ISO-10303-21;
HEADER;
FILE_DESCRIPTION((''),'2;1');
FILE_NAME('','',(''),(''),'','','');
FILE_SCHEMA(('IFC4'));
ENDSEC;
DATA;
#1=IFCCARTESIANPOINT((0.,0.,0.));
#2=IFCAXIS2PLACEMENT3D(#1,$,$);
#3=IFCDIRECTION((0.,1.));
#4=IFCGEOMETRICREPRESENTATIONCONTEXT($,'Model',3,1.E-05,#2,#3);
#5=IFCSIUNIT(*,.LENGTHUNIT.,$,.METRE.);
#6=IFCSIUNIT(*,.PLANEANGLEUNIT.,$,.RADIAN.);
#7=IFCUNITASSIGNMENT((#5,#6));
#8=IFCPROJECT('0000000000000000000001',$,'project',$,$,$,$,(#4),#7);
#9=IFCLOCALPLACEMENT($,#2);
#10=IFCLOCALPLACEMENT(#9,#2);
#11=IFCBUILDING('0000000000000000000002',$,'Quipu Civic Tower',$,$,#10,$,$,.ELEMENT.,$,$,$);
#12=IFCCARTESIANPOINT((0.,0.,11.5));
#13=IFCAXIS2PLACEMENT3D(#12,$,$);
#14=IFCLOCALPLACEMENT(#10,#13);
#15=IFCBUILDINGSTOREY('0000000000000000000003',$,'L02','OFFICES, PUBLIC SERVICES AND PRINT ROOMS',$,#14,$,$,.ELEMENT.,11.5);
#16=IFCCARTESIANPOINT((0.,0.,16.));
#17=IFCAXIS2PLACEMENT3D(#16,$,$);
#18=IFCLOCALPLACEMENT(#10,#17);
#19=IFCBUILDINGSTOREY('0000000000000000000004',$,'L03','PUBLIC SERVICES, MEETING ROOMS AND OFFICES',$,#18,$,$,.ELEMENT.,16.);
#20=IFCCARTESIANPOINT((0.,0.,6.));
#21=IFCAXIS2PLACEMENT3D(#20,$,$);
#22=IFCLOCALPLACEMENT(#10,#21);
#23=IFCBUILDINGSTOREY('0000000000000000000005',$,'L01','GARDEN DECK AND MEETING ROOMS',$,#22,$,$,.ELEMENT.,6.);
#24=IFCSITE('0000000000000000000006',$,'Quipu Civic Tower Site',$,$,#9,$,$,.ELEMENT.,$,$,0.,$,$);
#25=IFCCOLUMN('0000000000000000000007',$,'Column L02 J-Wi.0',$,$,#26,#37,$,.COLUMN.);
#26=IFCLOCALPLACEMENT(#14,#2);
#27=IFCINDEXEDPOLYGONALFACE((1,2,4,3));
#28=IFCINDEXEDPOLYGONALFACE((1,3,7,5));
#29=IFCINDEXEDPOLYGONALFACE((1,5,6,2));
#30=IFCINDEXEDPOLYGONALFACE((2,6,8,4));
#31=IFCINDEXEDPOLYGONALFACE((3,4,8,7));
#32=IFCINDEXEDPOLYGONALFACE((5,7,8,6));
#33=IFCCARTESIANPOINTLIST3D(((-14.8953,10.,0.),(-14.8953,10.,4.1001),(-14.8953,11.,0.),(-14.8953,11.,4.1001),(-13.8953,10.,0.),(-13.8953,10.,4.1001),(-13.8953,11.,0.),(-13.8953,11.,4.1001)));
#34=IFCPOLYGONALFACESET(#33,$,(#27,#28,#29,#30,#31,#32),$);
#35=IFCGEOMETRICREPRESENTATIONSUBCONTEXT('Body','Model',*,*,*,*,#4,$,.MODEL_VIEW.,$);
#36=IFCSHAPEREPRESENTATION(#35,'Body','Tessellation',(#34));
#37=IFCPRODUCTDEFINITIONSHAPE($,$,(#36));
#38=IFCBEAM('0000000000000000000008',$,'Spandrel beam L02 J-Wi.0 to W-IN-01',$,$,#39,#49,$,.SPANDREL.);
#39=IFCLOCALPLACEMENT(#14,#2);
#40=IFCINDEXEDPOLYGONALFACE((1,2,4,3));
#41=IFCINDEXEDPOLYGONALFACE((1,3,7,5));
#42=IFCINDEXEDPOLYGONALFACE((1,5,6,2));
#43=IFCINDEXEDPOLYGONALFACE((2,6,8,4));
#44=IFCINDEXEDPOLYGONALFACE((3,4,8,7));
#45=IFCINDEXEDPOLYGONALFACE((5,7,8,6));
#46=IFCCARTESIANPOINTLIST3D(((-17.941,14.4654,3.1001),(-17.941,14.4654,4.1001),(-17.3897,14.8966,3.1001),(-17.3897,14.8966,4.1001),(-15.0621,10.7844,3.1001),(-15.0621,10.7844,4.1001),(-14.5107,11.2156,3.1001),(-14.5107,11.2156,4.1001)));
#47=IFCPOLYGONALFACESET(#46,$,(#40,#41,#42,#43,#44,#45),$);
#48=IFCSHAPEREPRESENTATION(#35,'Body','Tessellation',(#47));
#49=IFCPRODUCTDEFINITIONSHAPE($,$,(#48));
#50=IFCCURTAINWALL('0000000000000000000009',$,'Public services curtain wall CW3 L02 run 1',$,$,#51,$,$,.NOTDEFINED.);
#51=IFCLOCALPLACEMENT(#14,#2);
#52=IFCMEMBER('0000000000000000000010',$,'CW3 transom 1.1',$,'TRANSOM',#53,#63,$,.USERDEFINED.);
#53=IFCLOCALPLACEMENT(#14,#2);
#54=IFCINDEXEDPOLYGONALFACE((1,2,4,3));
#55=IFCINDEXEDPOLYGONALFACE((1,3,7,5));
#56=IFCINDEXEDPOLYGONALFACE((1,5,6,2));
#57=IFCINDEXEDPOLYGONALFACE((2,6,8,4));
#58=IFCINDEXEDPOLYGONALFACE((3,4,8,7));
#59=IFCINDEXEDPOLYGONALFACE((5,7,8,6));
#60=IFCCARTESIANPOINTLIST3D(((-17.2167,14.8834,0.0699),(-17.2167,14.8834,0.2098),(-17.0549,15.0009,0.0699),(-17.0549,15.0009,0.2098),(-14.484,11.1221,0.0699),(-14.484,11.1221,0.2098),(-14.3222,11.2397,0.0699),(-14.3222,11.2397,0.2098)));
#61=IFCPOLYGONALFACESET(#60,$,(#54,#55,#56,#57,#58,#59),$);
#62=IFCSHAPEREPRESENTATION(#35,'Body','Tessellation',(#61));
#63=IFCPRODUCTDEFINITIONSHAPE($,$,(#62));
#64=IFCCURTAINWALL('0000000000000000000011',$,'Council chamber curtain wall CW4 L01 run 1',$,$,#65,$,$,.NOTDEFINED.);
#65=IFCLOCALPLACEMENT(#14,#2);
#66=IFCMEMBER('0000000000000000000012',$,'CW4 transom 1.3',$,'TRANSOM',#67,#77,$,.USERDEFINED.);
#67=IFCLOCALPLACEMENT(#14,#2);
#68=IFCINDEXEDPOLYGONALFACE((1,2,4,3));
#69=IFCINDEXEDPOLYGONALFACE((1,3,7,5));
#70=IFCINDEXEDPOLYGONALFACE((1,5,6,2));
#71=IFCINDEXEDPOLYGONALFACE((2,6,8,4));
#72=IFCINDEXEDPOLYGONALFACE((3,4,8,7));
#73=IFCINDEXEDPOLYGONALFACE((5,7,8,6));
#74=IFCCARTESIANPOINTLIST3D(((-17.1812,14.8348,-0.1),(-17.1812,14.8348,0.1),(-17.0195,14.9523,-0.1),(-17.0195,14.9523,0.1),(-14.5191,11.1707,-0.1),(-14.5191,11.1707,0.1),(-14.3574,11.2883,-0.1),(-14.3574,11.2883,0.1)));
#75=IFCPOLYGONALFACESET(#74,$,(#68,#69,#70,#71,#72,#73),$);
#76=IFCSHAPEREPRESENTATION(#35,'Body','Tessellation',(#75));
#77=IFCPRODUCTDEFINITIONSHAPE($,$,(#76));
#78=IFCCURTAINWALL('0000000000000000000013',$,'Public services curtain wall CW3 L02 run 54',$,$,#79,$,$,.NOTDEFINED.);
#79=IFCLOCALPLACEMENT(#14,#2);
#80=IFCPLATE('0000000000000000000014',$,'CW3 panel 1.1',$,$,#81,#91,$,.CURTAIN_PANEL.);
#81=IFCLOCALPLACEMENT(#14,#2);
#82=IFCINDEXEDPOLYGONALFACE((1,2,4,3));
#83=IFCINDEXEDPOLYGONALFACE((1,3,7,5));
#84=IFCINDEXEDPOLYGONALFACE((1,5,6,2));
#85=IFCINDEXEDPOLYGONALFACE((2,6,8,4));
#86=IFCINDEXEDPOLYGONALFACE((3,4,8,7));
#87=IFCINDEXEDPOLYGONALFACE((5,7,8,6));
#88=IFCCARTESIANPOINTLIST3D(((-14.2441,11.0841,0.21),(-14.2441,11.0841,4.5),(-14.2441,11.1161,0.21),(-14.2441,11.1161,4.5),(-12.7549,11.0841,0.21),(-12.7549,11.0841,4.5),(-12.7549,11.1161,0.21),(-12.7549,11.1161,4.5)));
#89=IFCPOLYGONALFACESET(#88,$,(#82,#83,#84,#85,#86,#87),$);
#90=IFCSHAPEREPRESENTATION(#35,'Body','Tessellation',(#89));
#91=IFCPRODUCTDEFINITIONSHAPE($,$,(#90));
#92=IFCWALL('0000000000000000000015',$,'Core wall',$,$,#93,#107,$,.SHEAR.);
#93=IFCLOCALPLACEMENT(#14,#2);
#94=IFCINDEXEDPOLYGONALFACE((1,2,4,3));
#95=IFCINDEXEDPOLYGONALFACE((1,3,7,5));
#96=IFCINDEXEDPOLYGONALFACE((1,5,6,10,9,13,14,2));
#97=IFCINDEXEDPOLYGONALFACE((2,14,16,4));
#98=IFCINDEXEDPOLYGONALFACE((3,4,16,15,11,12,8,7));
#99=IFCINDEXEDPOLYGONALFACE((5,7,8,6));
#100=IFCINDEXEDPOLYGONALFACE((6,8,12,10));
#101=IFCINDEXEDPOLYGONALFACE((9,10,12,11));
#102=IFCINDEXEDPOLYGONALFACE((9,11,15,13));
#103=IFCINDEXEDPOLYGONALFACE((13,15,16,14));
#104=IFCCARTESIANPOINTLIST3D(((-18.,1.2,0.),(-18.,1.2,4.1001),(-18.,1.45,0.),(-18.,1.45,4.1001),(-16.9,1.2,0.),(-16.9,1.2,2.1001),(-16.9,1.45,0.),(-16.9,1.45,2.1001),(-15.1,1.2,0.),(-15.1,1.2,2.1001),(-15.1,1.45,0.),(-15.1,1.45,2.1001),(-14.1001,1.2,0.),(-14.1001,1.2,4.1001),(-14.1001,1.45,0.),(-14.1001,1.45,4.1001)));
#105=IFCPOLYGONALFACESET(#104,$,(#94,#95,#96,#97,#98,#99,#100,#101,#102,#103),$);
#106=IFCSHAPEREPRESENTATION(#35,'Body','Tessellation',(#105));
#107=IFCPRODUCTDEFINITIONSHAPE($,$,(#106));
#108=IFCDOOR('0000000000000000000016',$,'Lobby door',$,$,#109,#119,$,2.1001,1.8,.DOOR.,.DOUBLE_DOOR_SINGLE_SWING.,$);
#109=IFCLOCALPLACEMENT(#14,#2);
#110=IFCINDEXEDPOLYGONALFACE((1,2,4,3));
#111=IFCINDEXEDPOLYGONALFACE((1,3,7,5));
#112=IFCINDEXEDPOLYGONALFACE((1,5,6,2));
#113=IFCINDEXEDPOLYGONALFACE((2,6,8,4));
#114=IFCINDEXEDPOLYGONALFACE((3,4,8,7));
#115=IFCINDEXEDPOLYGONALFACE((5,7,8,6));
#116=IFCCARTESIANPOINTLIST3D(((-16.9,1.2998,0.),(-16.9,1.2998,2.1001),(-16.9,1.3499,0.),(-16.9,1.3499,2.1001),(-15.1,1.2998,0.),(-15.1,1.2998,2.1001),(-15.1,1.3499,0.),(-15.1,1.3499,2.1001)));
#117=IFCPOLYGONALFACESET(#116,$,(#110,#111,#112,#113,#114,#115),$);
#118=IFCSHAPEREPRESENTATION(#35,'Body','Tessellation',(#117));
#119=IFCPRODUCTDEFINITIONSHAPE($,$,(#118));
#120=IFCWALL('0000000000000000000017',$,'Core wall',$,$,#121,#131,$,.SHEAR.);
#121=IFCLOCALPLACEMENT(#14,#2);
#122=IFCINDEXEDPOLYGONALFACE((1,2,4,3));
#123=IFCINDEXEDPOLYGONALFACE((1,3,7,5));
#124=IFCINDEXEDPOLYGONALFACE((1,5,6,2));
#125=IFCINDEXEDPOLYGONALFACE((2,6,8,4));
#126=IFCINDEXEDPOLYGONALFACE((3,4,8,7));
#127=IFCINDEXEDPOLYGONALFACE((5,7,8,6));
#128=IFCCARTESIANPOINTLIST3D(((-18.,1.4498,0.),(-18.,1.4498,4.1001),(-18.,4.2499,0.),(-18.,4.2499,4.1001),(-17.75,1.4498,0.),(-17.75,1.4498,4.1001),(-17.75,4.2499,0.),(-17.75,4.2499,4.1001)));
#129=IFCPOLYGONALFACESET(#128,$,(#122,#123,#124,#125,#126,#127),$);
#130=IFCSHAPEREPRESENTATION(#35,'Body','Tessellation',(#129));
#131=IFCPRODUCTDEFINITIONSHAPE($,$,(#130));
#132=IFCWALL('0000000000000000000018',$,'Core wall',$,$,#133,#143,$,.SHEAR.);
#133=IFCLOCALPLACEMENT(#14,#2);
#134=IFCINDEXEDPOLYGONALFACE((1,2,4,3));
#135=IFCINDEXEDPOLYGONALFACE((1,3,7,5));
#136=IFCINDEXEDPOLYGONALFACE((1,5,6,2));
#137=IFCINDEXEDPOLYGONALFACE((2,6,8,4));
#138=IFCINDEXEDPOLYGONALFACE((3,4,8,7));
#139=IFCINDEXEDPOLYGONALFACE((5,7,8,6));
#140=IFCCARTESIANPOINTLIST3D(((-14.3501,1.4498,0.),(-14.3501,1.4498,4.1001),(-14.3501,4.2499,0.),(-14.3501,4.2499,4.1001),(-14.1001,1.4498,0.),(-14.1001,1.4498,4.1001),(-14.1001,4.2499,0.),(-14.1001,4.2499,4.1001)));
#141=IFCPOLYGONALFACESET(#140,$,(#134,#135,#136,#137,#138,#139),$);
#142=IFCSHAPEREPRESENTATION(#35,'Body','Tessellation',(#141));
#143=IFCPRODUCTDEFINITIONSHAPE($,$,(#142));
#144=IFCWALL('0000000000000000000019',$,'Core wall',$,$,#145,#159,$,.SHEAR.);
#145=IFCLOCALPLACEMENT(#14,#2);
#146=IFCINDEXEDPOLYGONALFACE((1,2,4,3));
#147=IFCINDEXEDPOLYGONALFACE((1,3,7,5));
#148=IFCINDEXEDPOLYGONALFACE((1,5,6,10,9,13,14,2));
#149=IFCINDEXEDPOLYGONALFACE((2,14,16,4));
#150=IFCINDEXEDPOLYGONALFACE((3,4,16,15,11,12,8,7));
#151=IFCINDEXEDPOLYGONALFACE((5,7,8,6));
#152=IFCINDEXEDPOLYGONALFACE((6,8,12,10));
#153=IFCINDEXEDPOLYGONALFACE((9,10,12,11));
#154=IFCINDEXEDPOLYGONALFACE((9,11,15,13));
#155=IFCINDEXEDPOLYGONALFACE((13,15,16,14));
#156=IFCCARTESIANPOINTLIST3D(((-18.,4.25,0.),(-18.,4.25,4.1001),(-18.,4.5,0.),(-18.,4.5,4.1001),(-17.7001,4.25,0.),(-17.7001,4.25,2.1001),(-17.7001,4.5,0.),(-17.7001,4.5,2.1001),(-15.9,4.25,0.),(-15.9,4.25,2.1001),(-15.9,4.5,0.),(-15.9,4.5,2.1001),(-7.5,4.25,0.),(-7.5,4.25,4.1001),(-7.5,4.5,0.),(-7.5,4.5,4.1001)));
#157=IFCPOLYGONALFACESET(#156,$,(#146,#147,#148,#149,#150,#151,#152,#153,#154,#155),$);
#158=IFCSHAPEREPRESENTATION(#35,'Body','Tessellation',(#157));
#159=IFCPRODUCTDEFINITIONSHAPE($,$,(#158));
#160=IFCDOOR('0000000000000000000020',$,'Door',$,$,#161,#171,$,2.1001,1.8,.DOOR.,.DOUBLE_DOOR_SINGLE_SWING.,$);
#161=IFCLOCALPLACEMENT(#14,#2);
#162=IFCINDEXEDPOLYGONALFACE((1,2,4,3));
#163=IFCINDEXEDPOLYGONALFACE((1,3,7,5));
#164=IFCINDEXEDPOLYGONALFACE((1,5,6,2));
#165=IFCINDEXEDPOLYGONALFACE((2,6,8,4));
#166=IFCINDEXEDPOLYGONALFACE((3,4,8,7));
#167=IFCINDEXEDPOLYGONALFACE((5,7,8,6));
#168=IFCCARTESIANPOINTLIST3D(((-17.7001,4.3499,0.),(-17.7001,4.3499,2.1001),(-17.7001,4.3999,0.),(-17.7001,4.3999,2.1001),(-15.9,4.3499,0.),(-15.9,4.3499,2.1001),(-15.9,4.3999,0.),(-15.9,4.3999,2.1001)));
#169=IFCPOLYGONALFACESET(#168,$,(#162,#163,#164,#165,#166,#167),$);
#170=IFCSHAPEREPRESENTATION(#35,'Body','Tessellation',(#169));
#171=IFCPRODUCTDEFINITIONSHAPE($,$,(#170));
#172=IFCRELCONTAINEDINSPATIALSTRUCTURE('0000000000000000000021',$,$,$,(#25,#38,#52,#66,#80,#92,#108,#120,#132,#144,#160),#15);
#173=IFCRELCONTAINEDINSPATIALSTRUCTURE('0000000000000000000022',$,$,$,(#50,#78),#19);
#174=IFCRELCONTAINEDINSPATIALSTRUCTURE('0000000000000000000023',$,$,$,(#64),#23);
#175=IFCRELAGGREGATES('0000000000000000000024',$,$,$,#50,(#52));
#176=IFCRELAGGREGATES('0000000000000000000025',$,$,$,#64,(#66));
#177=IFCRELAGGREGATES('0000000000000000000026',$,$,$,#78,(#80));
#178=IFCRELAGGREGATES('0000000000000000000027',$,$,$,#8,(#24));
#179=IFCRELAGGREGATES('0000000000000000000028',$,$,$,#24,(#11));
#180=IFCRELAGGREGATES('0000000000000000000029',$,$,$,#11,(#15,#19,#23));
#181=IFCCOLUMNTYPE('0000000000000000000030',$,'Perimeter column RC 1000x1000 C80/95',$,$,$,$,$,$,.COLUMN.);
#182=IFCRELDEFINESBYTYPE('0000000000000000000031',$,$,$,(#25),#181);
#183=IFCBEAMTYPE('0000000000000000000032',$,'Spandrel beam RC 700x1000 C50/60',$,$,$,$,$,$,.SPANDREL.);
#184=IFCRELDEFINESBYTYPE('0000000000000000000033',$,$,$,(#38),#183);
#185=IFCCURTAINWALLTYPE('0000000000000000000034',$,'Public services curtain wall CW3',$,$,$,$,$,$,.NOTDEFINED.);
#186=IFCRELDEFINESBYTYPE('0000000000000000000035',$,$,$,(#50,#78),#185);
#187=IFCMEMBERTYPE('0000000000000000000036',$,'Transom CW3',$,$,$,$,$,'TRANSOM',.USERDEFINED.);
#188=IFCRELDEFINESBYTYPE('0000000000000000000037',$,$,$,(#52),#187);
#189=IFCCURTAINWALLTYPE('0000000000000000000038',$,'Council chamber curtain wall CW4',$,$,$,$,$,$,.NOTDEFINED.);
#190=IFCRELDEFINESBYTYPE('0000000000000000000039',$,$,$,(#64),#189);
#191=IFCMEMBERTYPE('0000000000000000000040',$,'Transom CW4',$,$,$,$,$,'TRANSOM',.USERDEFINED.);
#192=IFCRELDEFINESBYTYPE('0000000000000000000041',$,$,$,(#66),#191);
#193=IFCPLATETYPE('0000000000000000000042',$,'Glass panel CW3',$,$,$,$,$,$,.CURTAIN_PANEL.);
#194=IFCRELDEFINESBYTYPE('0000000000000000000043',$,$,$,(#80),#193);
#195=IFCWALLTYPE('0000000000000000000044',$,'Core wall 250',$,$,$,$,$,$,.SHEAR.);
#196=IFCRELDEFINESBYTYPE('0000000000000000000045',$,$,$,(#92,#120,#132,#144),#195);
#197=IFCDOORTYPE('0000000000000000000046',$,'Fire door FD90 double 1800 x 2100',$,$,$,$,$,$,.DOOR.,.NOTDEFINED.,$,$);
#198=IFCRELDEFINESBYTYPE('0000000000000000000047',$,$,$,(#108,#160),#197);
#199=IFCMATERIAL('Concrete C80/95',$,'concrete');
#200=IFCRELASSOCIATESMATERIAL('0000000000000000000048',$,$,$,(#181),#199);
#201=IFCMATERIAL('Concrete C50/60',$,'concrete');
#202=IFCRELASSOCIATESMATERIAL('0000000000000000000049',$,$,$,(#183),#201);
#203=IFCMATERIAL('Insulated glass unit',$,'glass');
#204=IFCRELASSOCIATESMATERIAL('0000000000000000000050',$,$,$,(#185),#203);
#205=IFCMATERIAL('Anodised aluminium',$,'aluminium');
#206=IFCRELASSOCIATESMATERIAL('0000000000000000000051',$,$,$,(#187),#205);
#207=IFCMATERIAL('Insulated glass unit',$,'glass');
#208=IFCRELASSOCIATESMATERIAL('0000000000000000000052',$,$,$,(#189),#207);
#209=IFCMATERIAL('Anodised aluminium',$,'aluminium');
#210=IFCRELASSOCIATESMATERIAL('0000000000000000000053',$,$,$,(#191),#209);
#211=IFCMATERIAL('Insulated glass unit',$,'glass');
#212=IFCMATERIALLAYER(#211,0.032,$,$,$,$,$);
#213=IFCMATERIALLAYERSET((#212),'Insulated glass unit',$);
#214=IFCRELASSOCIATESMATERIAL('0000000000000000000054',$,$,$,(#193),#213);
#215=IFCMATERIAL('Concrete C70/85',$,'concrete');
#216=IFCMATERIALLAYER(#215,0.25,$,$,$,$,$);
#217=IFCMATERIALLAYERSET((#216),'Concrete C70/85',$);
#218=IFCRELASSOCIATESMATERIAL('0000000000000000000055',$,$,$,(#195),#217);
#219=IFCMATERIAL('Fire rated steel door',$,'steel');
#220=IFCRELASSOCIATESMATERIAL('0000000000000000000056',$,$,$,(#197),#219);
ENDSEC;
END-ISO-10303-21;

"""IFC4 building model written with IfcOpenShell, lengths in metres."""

from ifc_helpers import new_model, si_unit, direction, frame, frame_2d, origin, origin_2d, place, context, subcontext, project, spatial, rectangle, extrude, material, layer, layer_set, material_profile, profile_set, type_object, element, fill, aggregate, save


model = new_model("IFC4")

# Units and contexts
model_context = context("Model", 3, precision=1e-05, world=origin(), true_north=direction((0.0, 1.0)))
body_context = subcontext(model_context, "Body", "Model", "MODEL_VIEW")
ifc_project = project(units=[si_unit("LENGTHUNIT", "METRE"), si_unit("PLANEANGLEUNIT", "RADIAN")], contexts=[model_context])

# Site, building, storey
site_placement = place(None, origin())
site = spatial("IfcSite", under=ifc_project, at=site_placement, Name="Quipu Civic Tower Site", CompositionType="ELEMENT", RefElevation=0.0)
building_placement = place(site_placement, origin())
building = spatial("IfcBuilding", under=site, at=building_placement, Name="Quipu Civic Tower", CompositionType="ELEMENT")
storey_1_placement = place(building_placement, frame((0.0, 0.0, 11.5)))
storey_1 = spatial("IfcBuildingStorey", under=building, at=storey_1_placement, Name="L02", Description="OFFICES, PUBLIC SERVICES AND PRINT ROOMS", CompositionType="ELEMENT", Elevation=11.5)

# Column
ifc_material_1 = material(Name="Concrete C80/95", Category="concrete")
ifc_material_profile_1 = material_profile(ifc_material_1, rectangle(XDim=1.0, YDim=1.0, at=origin_2d()), Name="RC1000x1000")
ifc_profile_set_1 = profile_set([ifc_material_profile_1], Name="Concrete C80/95")
column_type = type_object("IfcColumnType", Name="Perimeter column RC 1000x1000 C80/95", PredefinedType="COLUMN", material=ifc_profile_set_1)
column_placement = place(storey_1_placement, frame((-14.3953, 10.5, 0.0), z_axis=(0.0, 0.0, 1.0), x_axis=(-1.0, 0.0, 0.0)))
element("IfcColumn", 1, at=column_placement, inside=storey_1, type_object=column_type, Name="Column L02 J-Wi.0", PredefinedType="COLUMN", context=body_context, shape_type="SweptSolid", body=[
    extrude(rectangle(XDim=1.0, YDim=1.0, at=origin_2d()), origin(), (0.0, 0.0, 1.0), 4.1001),
])

# Beam
ifc_material_2 = material(Name="Concrete C50/60", Category="concrete")
ifc_material_profile_2 = material_profile(ifc_material_2, rectangle(XDim=0.7, YDim=1.0, at=origin_2d()), Name="RC700x1000")
ifc_profile_set_2 = profile_set([ifc_material_profile_2], Name="Concrete C50/60")
beam_type = type_object("IfcBeamType", Name="Spandrel beam RC 700x1000 C50/60", PredefinedType="SPANDREL", material=ifc_profile_set_2)
beam_placement = place(storey_1_placement, frame((-14.7864, 11.0, 3.6001), z_axis=(-0.616069, 0.787692, 0.0), x_axis=(-0.787692, -0.616069, 0.0)))
element("IfcBeam", 2, at=beam_placement, inside=storey_1, type_object=beam_type, Name="Spandrel beam L02 J-Wi.0 to W-IN-01", PredefinedType="SPANDREL", context=body_context, shape_type="SweptSolid", body=[
    extrude(rectangle(XDim=0.7, YDim=1.0, at=origin_2d()), origin(), (0.0, 0.0, 1.0), 4.6731),
])

# Shared definitions
storey_2_placement = place(building_placement, frame((0.0, 0.0, 16.0)))
storey_2 = spatial("IfcBuildingStorey", under=building, at=storey_2_placement, Name="L03", Description="PUBLIC SERVICES, MEETING ROOMS AND OFFICES", CompositionType="ELEMENT", Elevation=16.0)

# Curtain wall, member
ifc_material_3 = material(Name="Insulated glass unit", Category="glass")
curtain_wall_type_1 = type_object("IfcCurtainWallType", Name="Public services curtain wall CW3", PredefinedType="NOTDEFINED", material=ifc_material_3)
curtain_wall_1_placement = place(storey_2_placement, origin())
curtain_wall_1 = element("IfcCurtainWall", 3, at=curtain_wall_1_placement, inside=storey_2, type_object=curtain_wall_type_1, Name="Public services curtain wall CW3 L02 run 1", PredefinedType="NOTDEFINED")
ifc_material_4 = material(Name="Anodised aluminium", Category="aluminium")
ifc_material_profile_3 = material_profile(ifc_material_4, rectangle(XDim=0.2, YDim=0.1399, at=origin_2d()), Name="RECT 200x140")
ifc_profile_set_3 = profile_set([ifc_material_profile_3], Name="Anodised aluminium")
member_type_1 = type_object("IfcMemberType", Name="Transom CW3", ElementType="TRANSOM", PredefinedType="USERDEFINED", material=ifc_profile_set_3)
member_1_placement = place(storey_1_placement, frame((-14.4031, 11.1809, 0.1399), z_axis=(-0.587781, 0.80902, 0.0), x_axis=(-0.80902, -0.587781, 0.0)))
member_1 = element("IfcMember", 4, at=member_1_placement, inside=storey_1, type_object=member_type_1, Name="CW3 transom 1.1", ObjectType="TRANSOM", PredefinedType="USERDEFINED", context=body_context, shape_type="SweptSolid", body=[
    extrude(rectangle(XDim=0.2, YDim=0.1399, at=origin_2d()), origin(), (0.0, 0.0, 1.0), 4.6492),
])
aggregate(curtain_wall_1, [member_1])

# Shared definitions
storey_3_placement = place(building_placement, frame((0.0, 0.0, 6.0)))
storey_3 = spatial("IfcBuildingStorey", under=building, at=storey_3_placement, Name="L01", Description="GARDEN DECK AND MEETING ROOMS", CompositionType="ELEMENT", Elevation=6.0)

# Curtain wall, member
ifc_material_5 = material(Name="Insulated glass unit", Category="glass")
curtain_wall_type_2 = type_object("IfcCurtainWallType", Name="Council chamber curtain wall CW4", PredefinedType="NOTDEFINED", material=ifc_material_5)
curtain_wall_2_placement = place(storey_3_placement, origin())
curtain_wall_2 = element("IfcCurtainWall", 5, at=curtain_wall_2_placement, inside=storey_3, type_object=curtain_wall_type_2, Name="Council chamber curtain wall CW4 L01 run 1", PredefinedType="NOTDEFINED")
ifc_material_6 = material(Name="Anodised aluminium", Category="aluminium")
ifc_material_profile_4 = material_profile(ifc_material_6, rectangle(XDim=0.2, YDim=0.2, at=origin_2d()), Name="RECT 200x200")
ifc_profile_set_4 = profile_set([ifc_material_profile_4], Name="Anodised aluminium")
member_type_2 = type_object("IfcMemberType", Name="Transom CW4", ElementType="TRANSOM", PredefinedType="USERDEFINED", material=ifc_profile_set_4)
member_2_placement = place(storey_1_placement, frame((-14.4382, 11.2295, 0.0), z_axis=(-0.587787, 0.809016, 0.0), x_axis=(-0.809016, -0.587787, 0.0)))
member_2 = element("IfcMember", 6, at=member_2_placement, inside=storey_1, type_object=member_type_2, Name="CW4 transom 1.3", ObjectType="TRANSOM", PredefinedType="USERDEFINED", context=body_context, shape_type="SweptSolid", body=[
    extrude(rectangle(XDim=0.2, YDim=0.2, at=origin_2d()), origin(), (0.0, 0.0, 1.0), 4.5291),
])
aggregate(curtain_wall_2, [member_2])

# Curtain wall, plate
curtain_wall_3_placement = place(storey_2_placement, origin())
curtain_wall_3 = element("IfcCurtainWall", 7, at=curtain_wall_3_placement, inside=storey_2, type_object=curtain_wall_type_1, Name="Public services curtain wall CW3 L02 run 54", PredefinedType="NOTDEFINED")
ifc_material_7 = material(Name="Insulated glass unit", Category="glass")
ifc_layer_1 = layer(ifc_material_7, 0.032)
ifc_layer_set_1 = layer_set([ifc_layer_1], Name="Insulated glass unit")
plate_type = type_object("IfcPlateType", Name="Glass panel CW3", PredefinedType="CURTAIN_PANEL", material=ifc_layer_set_1)
plate_placement = place(storey_1_placement, frame((-13.4995, 11.1001, 0.21), z_axis=(0.0, 0.0, 1.0), x_axis=(-1.0, 0.0, 0.0)))
plate = element("IfcPlate", 8, at=plate_placement, inside=storey_1, type_object=plate_type, Name="CW3 panel 1.1", PredefinedType="CURTAIN_PANEL", context=body_context, shape_type="SweptSolid", body=[
    extrude(rectangle(XDim=1.4893, YDim=0.032, at=origin_2d()), origin(), (0.0, 0.0, 1.0), 4.29),
])
aggregate(curtain_wall_3, [plate])

# Wall, opening, door
ifc_material_8 = material(Name="Concrete C70/85", Category="concrete")
ifc_layer_2 = layer(ifc_material_8, 0.25)
ifc_layer_set_2 = layer_set([ifc_layer_2], Name="Concrete C70/85")
wall_type_1 = type_object("IfcWallType", Name="Core wall 250", PredefinedType="SHEAR", material=ifc_layer_set_2)
wall_1_placement = place(storey_1_placement, frame((-18.0, 1.325, 0.0), z_axis=(0.0, 0.0, 1.0), x_axis=(1.0, 0.0, 0.0)))
wall_1 = element("IfcWall", 9, at=wall_1_placement, inside=storey_1, type_object=wall_type_1, Name="Core wall", PredefinedType="SHEAR", context=body_context, shape_type="SweptSolid", body=[
    extrude(rectangle(XDim=3.8999, YDim=0.25, at=frame_2d((1.95, 0.0))), origin(), (0.0, 0.0, 1.0), 4.1001),
])
opening_1_placement = place(wall_1_placement, frame((1.1001, 0.0, 0.0)))
opening_1 = element("IfcOpeningElement", 10, at=opening_1_placement, cuts=wall_1, PredefinedType="OPENING", context=body_context, shape_type="SweptSolid", body=[
    extrude(rectangle(XDim=1.8, YDim=2.1001, at=frame_2d((0.8999, 1.05))), frame((0.0, 0.135, 0.0), z_axis=(0.0, -1.0, 0.0), x_axis=(1.0, 0.0, 0.0)), (0.0, 0.0, 1.0), 0.27),
])
ifc_material_9 = material(Name="Fire rated steel door", Category="steel")
door_type_1 = type_object("IfcDoorType", Name="Fire door FD90 double 1800 x 2100", OperationType="NOTDEFINED", PredefinedType="DOOR", material=ifc_material_9)
door_1_placement = place(opening_1_placement, origin())
door_1 = element("IfcDoor", 11, at=door_1_placement, inside=storey_1, type_object=door_type_1, Name="Lobby door", OperationType="DOUBLE_DOOR_SINGLE_SWING", OverallHeight=2.1001, OverallWidth=1.8, PredefinedType="DOOR", context=body_context, shape_type="SweptSolid", body=[
    extrude(rectangle(XDim=1.8, YDim=2.1001, at=frame_2d((0.8999, 1.05))), frame((0.0, 0.0249, 0.0), z_axis=(0.0, -1.0, 0.0), x_axis=(1.0, 0.0, 0.0)), (0.0, 0.0, 1.0), 0.05),
])
fill(opening_1, door_1)

# Walls
for number, where, z_axis, x_axis, name in (
    (12, (-17.875, 1.45, 0.0), (0.0, 0.0, 1.0), (0.0, 1.0, 0.0), "Core wall"),
    (13, (-14.2251, 1.45, 0.0), (0.0, 0.0, 1.0), (0.0, 1.0, 0.0), "Core wall"),
):
    element("IfcWall", number, at=place(storey_1_placement, frame(where, z_axis=z_axis, x_axis=x_axis)), inside=storey_1, type_object=wall_type_1, Name=name, PredefinedType="SHEAR", context=body_context, shape_type="SweptSolid", body=[
        extrude(rectangle(XDim=2.8, YDim=0.25, at=frame_2d((1.3999, 0.0))), origin(), (0.0, 0.0, 1.0), 4.1001),
    ])

# Wall, opening, door
wall_2_placement = place(storey_1_placement, frame((-18.0, 4.375, 0.0), z_axis=(0.0, 0.0, 1.0), x_axis=(1.0, 0.0, 0.0)))
wall_2 = element("IfcWall", 14, at=wall_2_placement, inside=storey_1, type_object=wall_type_1, Name="Core wall", PredefinedType="SHEAR", context=body_context, shape_type="SweptSolid", body=[
    extrude(rectangle(XDim=10.5, YDim=0.25, at=frame_2d((5.25, 0.0))), origin(), (0.0, 0.0, 1.0), 4.1001),
])
opening_2_placement = place(wall_2_placement, frame((0.3, 0.0, 0.0)))
opening_2 = element("IfcOpeningElement", 15, at=opening_2_placement, cuts=wall_2, PredefinedType="OPENING", context=body_context, shape_type="SweptSolid", body=[
    extrude(rectangle(XDim=1.8, YDim=2.1001, at=frame_2d((0.8999, 1.05))), frame((0.0, 0.135, 0.0), z_axis=(0.0, -1.0, 0.0), x_axis=(1.0, 0.0, 0.0)), (0.0, 0.0, 1.0), 0.27),
])
door_2_placement = place(opening_2_placement, origin())
door_2 = element("IfcDoor", 16, at=door_2_placement, inside=storey_1, type_object=door_type_1, Name="Door", OperationType="DOUBLE_DOOR_SINGLE_SWING", OverallHeight=2.1001, OverallWidth=1.8, PredefinedType="DOOR", context=body_context, shape_type="SweptSolid", body=[
    extrude(rectangle(XDim=1.8, YDim=2.1001, at=frame_2d((0.8999, 1.05))), frame((0.0, 0.0249, 0.0), z_axis=(0.0, -1.0, 0.0), x_axis=(1.0, 0.0, 0.0)), (0.0, 0.0, 1.0), 0.05),
])
fill(opening_2, door_2)

save(model, "model.ifc")
